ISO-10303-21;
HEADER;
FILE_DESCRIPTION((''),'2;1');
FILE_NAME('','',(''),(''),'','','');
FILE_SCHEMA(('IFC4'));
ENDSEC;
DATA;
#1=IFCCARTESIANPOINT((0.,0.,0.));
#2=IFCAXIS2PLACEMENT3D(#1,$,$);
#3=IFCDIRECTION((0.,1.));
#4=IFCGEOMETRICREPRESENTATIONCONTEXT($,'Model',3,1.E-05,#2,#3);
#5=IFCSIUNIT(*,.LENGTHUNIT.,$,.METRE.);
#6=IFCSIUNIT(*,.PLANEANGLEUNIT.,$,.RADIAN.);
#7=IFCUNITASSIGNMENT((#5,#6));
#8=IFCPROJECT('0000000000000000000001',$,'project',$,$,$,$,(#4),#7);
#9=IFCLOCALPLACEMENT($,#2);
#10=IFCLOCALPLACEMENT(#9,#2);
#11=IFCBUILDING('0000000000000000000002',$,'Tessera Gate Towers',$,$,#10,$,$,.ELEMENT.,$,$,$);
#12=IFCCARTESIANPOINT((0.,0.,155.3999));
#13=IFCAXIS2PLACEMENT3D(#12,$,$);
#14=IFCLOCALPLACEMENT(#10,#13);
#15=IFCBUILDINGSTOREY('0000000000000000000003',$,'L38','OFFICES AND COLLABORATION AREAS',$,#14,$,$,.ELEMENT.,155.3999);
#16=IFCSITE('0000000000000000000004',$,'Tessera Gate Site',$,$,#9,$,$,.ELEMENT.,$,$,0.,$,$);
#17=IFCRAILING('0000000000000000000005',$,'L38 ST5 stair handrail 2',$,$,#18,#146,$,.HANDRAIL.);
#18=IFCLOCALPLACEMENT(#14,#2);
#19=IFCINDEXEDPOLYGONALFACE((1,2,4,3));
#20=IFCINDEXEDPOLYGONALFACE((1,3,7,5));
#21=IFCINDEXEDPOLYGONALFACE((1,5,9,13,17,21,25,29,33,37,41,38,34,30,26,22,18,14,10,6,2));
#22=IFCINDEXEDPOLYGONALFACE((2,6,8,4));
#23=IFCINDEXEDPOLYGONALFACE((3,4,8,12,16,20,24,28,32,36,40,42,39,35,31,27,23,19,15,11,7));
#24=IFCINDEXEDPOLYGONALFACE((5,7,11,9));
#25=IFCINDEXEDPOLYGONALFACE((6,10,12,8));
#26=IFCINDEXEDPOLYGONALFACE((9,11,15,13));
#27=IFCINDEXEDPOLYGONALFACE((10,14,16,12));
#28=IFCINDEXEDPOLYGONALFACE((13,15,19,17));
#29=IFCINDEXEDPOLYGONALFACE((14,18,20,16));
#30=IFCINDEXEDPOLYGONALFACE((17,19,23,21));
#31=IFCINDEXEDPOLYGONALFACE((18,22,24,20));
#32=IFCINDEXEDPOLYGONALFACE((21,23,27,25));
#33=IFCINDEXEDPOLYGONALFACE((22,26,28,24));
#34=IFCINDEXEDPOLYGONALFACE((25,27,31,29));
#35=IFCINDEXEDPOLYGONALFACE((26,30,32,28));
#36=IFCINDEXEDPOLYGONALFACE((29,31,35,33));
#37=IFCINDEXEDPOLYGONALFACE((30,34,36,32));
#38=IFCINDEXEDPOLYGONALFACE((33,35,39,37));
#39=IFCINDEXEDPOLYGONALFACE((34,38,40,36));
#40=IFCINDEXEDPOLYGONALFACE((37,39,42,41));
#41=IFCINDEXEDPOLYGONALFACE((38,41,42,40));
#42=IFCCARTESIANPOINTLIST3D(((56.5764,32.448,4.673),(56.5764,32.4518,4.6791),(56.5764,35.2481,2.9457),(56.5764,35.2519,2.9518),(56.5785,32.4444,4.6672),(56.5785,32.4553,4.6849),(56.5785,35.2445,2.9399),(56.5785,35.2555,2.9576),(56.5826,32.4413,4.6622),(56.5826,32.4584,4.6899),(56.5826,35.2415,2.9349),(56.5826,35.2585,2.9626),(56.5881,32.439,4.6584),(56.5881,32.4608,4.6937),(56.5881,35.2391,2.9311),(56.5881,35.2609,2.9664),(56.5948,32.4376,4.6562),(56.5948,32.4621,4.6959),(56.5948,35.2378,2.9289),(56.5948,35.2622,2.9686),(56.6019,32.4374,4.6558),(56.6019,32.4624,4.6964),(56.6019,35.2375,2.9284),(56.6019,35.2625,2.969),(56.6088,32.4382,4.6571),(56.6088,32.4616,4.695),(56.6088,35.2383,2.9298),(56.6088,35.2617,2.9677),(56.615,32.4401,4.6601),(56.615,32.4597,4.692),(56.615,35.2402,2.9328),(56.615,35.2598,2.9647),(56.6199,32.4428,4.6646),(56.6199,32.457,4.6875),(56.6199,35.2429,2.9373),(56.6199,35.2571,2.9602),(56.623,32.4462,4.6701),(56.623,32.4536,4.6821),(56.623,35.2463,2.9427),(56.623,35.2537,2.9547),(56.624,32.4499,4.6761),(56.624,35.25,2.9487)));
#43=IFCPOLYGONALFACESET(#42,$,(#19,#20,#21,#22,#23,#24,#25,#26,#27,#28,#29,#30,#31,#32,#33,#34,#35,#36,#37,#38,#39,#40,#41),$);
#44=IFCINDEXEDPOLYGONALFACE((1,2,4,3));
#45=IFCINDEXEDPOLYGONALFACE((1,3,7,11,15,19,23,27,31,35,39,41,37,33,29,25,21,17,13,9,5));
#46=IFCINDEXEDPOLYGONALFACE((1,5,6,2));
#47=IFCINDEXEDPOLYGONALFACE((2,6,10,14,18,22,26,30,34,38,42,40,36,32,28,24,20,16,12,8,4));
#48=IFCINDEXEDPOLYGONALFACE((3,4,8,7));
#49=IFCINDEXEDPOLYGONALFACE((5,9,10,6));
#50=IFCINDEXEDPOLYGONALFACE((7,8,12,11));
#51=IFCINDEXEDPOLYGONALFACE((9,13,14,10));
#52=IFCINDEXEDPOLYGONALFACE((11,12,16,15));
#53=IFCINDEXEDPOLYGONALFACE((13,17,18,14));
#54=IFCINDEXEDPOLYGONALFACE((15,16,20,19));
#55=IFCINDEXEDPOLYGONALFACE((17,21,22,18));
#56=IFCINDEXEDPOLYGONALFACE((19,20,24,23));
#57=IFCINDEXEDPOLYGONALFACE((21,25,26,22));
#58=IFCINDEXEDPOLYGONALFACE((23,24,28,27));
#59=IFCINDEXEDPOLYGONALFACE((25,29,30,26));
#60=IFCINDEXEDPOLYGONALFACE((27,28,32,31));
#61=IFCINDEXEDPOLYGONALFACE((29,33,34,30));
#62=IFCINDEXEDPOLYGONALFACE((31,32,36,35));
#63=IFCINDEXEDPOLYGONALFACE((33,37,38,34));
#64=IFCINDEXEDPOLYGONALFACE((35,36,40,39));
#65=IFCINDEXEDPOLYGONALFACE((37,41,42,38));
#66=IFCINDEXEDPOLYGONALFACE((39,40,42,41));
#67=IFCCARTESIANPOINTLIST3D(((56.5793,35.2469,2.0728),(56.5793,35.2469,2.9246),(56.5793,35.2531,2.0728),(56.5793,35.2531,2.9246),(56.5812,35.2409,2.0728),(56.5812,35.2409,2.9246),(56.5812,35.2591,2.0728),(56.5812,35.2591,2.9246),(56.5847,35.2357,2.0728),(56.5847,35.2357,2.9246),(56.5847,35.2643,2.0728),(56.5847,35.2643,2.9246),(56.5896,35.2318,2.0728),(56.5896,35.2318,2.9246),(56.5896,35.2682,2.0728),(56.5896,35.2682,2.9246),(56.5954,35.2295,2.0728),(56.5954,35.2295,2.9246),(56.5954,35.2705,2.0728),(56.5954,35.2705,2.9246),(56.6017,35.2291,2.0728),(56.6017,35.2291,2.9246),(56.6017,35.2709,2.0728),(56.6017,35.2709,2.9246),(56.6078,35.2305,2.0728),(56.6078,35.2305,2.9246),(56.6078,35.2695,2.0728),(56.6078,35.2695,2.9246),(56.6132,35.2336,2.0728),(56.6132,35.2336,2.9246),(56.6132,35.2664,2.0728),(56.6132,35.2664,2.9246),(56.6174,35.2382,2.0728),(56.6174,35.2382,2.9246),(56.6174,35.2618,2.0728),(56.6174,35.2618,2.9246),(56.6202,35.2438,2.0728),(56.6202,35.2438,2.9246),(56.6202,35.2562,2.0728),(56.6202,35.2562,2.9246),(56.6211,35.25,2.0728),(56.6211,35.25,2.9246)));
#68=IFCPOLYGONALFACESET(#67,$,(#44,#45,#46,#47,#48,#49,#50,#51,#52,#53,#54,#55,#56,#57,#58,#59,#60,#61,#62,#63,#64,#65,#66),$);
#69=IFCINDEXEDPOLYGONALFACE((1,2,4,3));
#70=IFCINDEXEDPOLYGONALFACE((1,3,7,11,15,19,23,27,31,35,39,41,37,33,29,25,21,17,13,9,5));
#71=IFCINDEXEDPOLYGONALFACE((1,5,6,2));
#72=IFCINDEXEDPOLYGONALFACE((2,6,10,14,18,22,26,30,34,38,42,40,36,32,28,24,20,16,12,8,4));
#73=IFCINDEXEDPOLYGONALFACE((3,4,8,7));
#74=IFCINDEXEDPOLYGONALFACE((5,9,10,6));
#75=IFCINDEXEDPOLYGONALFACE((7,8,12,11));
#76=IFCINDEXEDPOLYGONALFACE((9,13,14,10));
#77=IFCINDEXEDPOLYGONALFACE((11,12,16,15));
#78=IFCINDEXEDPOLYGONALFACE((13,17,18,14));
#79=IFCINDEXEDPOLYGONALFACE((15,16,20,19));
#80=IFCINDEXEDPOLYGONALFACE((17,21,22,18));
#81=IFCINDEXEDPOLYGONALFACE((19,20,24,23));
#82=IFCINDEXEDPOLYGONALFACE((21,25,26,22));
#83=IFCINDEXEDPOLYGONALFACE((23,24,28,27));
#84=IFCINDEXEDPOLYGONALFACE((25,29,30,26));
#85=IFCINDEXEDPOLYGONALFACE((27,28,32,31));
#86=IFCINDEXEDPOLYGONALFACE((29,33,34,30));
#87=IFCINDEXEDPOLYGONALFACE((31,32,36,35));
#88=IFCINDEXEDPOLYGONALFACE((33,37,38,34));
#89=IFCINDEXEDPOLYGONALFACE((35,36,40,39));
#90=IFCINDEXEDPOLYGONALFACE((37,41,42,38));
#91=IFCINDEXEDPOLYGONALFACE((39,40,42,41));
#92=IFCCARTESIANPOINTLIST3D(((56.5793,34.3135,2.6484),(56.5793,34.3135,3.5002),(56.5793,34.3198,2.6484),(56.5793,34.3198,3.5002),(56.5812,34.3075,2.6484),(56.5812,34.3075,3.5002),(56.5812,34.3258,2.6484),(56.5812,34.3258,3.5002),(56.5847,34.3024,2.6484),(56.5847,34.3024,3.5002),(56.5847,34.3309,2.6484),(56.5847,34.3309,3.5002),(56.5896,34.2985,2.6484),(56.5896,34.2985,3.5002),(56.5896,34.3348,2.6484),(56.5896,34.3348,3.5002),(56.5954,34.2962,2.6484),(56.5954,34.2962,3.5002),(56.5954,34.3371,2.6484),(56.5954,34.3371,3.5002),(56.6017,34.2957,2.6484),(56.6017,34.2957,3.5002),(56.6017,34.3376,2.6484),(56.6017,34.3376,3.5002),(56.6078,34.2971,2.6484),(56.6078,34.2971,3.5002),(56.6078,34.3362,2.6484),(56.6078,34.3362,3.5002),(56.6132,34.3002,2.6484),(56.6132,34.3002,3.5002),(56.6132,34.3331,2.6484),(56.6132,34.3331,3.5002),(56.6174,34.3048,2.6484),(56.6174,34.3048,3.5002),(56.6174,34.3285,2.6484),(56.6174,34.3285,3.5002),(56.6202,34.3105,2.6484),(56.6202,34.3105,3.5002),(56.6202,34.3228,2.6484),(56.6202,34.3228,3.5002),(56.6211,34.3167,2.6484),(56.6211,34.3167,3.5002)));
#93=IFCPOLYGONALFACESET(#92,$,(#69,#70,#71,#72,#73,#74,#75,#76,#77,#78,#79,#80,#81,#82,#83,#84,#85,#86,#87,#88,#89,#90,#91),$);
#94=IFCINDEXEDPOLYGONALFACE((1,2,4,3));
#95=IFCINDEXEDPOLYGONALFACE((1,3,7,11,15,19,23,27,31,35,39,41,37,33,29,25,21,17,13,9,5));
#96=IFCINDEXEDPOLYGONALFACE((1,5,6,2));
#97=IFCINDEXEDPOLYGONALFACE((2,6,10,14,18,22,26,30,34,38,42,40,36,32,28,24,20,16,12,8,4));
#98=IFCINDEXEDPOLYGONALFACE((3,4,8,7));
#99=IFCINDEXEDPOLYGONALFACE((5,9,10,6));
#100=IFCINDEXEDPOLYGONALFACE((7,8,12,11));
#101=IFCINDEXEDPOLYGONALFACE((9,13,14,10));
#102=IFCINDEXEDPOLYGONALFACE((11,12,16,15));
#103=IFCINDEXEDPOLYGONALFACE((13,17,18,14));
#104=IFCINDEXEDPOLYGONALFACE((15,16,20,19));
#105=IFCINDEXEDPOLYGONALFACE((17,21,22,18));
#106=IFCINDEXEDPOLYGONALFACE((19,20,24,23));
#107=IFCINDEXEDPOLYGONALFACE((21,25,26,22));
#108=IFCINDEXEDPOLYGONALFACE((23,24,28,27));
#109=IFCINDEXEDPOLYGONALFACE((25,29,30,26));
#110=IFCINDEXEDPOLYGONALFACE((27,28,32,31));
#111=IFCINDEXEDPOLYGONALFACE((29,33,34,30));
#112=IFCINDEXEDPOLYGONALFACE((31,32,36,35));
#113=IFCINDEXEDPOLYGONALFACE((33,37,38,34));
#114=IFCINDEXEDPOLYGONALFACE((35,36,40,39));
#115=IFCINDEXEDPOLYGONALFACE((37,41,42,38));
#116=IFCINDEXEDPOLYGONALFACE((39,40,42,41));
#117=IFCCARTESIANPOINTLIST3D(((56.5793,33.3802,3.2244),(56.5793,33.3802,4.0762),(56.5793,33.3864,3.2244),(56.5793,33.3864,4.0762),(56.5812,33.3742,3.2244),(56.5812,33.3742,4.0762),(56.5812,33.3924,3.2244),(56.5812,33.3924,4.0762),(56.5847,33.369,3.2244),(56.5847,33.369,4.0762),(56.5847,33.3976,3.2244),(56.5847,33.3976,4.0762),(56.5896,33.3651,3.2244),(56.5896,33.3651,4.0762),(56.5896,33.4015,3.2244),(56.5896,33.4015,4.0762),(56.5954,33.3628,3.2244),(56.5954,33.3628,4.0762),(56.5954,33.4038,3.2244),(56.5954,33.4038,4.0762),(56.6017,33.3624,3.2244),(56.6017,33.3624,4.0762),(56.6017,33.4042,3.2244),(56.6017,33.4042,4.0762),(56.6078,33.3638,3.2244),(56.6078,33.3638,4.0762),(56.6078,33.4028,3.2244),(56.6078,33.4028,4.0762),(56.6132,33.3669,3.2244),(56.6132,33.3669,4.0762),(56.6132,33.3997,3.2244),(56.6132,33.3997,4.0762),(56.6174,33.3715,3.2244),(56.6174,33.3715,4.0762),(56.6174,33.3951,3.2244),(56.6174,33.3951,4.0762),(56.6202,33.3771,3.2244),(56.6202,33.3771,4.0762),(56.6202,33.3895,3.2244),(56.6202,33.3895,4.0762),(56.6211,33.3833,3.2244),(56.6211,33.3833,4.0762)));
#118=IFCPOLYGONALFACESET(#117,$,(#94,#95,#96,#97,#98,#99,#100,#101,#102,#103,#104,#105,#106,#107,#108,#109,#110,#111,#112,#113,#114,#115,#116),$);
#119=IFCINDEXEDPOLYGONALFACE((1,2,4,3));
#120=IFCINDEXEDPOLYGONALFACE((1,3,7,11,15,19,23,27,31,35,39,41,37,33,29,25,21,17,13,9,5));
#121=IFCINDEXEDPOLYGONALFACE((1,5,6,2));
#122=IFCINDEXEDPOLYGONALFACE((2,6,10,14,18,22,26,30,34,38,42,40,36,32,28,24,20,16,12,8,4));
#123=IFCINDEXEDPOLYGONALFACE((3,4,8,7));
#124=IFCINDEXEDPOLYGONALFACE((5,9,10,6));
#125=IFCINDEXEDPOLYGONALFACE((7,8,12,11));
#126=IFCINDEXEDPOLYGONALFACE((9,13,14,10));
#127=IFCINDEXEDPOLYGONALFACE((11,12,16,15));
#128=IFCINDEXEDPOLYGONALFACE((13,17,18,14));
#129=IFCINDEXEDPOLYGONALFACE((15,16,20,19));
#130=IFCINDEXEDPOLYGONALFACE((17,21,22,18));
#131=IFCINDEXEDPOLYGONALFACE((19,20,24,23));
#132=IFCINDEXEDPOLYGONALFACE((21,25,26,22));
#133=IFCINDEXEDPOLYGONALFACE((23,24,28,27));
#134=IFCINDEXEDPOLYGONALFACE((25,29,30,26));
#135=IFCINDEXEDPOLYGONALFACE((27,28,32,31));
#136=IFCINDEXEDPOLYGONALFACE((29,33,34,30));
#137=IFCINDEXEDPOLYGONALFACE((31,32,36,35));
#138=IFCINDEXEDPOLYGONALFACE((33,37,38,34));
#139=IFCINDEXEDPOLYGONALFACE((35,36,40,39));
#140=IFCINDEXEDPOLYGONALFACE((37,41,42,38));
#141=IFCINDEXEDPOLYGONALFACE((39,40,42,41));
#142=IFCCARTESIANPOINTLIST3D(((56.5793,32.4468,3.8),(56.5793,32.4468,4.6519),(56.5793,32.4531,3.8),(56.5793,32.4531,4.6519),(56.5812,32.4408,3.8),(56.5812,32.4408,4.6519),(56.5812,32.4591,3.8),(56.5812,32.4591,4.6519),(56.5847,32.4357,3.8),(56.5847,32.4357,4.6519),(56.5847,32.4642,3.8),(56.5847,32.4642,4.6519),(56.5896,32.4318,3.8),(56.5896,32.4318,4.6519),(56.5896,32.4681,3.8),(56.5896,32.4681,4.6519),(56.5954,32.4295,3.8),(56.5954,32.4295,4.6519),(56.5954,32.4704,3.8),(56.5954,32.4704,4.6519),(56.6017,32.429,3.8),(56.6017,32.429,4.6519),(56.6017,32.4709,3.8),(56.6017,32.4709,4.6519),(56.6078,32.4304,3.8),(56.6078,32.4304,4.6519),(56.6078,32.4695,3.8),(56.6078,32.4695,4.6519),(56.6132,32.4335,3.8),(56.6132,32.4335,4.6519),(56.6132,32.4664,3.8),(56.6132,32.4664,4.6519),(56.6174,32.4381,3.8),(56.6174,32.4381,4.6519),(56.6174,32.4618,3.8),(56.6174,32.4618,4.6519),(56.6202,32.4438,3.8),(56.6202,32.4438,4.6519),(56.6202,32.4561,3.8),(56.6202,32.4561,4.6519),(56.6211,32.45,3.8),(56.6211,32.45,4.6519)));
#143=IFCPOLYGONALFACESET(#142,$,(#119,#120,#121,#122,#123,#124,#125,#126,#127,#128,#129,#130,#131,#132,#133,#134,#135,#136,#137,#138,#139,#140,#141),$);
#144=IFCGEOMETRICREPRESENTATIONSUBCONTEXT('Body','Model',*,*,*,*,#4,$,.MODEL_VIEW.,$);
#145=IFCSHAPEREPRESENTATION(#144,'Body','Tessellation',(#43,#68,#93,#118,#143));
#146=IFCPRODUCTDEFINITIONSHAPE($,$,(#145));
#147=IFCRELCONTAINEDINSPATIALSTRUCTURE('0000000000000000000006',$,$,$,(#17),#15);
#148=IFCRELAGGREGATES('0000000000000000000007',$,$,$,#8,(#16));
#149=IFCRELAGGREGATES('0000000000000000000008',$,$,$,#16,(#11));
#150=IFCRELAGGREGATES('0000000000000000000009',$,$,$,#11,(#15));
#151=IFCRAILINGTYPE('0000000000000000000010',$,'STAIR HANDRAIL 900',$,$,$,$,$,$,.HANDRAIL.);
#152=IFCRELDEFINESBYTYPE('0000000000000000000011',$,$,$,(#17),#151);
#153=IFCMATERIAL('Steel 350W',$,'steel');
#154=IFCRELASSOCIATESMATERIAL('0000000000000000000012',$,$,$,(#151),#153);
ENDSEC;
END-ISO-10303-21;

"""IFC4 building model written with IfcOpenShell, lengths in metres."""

from ifc_helpers import new_model, si_unit, direction, frame, origin, origin_2d, place, context, subcontext, project, spatial, circle, extrude, material, type_object, element, save


model = new_model("IFC4")

# Units and contexts
model_context = context("Model", 3, precision=1e-05, world=origin(), true_north=direction((0.0, 1.0)))
body_context = subcontext(model_context, "Body", "Model", "MODEL_VIEW")
ifc_project = project(units=[si_unit("LENGTHUNIT", "METRE"), si_unit("PLANEANGLEUNIT", "RADIAN")], contexts=[model_context])

# Site, building, storey
site_placement = place(None, origin())
site = spatial("IfcSite", under=ifc_project, at=site_placement, Name="Tessera Gate Site", CompositionType="ELEMENT", RefElevation=0.0)
building_placement = place(site_placement, origin())
building = spatial("IfcBuilding", under=site, at=building_placement, Name="Tessera Gate Towers", CompositionType="ELEMENT")
storey_placement = place(building_placement, frame((0.0, 0.0, 155.3999)))
storey = spatial("IfcBuildingStorey", under=building, at=storey_placement, Name="L38", Description="OFFICES AND COLLABORATION AREAS", CompositionType="ELEMENT", Elevation=155.3999)

# Railing
ifc_material_1 = material(Name="Steel 350W", Category="steel")
railing_type_1 = type_object("IfcRailingType", Name="STAIR HANDRAIL 900", PredefinedType="HANDRAIL", material=ifc_material_1)
railing_1_placement = place(storey_placement, frame((56.6001, 35.25, 2.0728)))
element("IfcRailing", 1, at=railing_1_placement, inside=storey, type_object=railing_type_1, Name="L38 ST5 stair handrail 2", PredefinedType="HANDRAIL", context=body_context, shape_type="SweptSolid", body=[
    extrude(circle(Radius=0.0239, at=origin_2d()), frame((0.0, 0.0, 0.876), z_axis=(0.0, -0.85109, 0.52502), x_axis=(1.0, 0.0, 0.0)), (0.0, 0.0, 1.0), 3.29),
    extrude(circle(Radius=0.021, at=origin_2d()), origin(), (0.0, 0.0, 1.0), 0.8518),
    extrude(circle(Radius=0.021, at=origin_2d()), frame((0.0, -0.9333, 0.5757)), (0.0, 0.0, 1.0), 0.8518),
    extrude(circle(Radius=0.021, at=origin_2d()), frame((0.0, -1.8667, 1.1516)), (0.0, 0.0, 1.0), 0.8518),
    extrude(circle(Radius=0.021, at=origin_2d()), frame((0.0, -2.8, 1.7273)), (0.0, 0.0, 1.0), 0.8518),
])

save(model, "model.ifc")
